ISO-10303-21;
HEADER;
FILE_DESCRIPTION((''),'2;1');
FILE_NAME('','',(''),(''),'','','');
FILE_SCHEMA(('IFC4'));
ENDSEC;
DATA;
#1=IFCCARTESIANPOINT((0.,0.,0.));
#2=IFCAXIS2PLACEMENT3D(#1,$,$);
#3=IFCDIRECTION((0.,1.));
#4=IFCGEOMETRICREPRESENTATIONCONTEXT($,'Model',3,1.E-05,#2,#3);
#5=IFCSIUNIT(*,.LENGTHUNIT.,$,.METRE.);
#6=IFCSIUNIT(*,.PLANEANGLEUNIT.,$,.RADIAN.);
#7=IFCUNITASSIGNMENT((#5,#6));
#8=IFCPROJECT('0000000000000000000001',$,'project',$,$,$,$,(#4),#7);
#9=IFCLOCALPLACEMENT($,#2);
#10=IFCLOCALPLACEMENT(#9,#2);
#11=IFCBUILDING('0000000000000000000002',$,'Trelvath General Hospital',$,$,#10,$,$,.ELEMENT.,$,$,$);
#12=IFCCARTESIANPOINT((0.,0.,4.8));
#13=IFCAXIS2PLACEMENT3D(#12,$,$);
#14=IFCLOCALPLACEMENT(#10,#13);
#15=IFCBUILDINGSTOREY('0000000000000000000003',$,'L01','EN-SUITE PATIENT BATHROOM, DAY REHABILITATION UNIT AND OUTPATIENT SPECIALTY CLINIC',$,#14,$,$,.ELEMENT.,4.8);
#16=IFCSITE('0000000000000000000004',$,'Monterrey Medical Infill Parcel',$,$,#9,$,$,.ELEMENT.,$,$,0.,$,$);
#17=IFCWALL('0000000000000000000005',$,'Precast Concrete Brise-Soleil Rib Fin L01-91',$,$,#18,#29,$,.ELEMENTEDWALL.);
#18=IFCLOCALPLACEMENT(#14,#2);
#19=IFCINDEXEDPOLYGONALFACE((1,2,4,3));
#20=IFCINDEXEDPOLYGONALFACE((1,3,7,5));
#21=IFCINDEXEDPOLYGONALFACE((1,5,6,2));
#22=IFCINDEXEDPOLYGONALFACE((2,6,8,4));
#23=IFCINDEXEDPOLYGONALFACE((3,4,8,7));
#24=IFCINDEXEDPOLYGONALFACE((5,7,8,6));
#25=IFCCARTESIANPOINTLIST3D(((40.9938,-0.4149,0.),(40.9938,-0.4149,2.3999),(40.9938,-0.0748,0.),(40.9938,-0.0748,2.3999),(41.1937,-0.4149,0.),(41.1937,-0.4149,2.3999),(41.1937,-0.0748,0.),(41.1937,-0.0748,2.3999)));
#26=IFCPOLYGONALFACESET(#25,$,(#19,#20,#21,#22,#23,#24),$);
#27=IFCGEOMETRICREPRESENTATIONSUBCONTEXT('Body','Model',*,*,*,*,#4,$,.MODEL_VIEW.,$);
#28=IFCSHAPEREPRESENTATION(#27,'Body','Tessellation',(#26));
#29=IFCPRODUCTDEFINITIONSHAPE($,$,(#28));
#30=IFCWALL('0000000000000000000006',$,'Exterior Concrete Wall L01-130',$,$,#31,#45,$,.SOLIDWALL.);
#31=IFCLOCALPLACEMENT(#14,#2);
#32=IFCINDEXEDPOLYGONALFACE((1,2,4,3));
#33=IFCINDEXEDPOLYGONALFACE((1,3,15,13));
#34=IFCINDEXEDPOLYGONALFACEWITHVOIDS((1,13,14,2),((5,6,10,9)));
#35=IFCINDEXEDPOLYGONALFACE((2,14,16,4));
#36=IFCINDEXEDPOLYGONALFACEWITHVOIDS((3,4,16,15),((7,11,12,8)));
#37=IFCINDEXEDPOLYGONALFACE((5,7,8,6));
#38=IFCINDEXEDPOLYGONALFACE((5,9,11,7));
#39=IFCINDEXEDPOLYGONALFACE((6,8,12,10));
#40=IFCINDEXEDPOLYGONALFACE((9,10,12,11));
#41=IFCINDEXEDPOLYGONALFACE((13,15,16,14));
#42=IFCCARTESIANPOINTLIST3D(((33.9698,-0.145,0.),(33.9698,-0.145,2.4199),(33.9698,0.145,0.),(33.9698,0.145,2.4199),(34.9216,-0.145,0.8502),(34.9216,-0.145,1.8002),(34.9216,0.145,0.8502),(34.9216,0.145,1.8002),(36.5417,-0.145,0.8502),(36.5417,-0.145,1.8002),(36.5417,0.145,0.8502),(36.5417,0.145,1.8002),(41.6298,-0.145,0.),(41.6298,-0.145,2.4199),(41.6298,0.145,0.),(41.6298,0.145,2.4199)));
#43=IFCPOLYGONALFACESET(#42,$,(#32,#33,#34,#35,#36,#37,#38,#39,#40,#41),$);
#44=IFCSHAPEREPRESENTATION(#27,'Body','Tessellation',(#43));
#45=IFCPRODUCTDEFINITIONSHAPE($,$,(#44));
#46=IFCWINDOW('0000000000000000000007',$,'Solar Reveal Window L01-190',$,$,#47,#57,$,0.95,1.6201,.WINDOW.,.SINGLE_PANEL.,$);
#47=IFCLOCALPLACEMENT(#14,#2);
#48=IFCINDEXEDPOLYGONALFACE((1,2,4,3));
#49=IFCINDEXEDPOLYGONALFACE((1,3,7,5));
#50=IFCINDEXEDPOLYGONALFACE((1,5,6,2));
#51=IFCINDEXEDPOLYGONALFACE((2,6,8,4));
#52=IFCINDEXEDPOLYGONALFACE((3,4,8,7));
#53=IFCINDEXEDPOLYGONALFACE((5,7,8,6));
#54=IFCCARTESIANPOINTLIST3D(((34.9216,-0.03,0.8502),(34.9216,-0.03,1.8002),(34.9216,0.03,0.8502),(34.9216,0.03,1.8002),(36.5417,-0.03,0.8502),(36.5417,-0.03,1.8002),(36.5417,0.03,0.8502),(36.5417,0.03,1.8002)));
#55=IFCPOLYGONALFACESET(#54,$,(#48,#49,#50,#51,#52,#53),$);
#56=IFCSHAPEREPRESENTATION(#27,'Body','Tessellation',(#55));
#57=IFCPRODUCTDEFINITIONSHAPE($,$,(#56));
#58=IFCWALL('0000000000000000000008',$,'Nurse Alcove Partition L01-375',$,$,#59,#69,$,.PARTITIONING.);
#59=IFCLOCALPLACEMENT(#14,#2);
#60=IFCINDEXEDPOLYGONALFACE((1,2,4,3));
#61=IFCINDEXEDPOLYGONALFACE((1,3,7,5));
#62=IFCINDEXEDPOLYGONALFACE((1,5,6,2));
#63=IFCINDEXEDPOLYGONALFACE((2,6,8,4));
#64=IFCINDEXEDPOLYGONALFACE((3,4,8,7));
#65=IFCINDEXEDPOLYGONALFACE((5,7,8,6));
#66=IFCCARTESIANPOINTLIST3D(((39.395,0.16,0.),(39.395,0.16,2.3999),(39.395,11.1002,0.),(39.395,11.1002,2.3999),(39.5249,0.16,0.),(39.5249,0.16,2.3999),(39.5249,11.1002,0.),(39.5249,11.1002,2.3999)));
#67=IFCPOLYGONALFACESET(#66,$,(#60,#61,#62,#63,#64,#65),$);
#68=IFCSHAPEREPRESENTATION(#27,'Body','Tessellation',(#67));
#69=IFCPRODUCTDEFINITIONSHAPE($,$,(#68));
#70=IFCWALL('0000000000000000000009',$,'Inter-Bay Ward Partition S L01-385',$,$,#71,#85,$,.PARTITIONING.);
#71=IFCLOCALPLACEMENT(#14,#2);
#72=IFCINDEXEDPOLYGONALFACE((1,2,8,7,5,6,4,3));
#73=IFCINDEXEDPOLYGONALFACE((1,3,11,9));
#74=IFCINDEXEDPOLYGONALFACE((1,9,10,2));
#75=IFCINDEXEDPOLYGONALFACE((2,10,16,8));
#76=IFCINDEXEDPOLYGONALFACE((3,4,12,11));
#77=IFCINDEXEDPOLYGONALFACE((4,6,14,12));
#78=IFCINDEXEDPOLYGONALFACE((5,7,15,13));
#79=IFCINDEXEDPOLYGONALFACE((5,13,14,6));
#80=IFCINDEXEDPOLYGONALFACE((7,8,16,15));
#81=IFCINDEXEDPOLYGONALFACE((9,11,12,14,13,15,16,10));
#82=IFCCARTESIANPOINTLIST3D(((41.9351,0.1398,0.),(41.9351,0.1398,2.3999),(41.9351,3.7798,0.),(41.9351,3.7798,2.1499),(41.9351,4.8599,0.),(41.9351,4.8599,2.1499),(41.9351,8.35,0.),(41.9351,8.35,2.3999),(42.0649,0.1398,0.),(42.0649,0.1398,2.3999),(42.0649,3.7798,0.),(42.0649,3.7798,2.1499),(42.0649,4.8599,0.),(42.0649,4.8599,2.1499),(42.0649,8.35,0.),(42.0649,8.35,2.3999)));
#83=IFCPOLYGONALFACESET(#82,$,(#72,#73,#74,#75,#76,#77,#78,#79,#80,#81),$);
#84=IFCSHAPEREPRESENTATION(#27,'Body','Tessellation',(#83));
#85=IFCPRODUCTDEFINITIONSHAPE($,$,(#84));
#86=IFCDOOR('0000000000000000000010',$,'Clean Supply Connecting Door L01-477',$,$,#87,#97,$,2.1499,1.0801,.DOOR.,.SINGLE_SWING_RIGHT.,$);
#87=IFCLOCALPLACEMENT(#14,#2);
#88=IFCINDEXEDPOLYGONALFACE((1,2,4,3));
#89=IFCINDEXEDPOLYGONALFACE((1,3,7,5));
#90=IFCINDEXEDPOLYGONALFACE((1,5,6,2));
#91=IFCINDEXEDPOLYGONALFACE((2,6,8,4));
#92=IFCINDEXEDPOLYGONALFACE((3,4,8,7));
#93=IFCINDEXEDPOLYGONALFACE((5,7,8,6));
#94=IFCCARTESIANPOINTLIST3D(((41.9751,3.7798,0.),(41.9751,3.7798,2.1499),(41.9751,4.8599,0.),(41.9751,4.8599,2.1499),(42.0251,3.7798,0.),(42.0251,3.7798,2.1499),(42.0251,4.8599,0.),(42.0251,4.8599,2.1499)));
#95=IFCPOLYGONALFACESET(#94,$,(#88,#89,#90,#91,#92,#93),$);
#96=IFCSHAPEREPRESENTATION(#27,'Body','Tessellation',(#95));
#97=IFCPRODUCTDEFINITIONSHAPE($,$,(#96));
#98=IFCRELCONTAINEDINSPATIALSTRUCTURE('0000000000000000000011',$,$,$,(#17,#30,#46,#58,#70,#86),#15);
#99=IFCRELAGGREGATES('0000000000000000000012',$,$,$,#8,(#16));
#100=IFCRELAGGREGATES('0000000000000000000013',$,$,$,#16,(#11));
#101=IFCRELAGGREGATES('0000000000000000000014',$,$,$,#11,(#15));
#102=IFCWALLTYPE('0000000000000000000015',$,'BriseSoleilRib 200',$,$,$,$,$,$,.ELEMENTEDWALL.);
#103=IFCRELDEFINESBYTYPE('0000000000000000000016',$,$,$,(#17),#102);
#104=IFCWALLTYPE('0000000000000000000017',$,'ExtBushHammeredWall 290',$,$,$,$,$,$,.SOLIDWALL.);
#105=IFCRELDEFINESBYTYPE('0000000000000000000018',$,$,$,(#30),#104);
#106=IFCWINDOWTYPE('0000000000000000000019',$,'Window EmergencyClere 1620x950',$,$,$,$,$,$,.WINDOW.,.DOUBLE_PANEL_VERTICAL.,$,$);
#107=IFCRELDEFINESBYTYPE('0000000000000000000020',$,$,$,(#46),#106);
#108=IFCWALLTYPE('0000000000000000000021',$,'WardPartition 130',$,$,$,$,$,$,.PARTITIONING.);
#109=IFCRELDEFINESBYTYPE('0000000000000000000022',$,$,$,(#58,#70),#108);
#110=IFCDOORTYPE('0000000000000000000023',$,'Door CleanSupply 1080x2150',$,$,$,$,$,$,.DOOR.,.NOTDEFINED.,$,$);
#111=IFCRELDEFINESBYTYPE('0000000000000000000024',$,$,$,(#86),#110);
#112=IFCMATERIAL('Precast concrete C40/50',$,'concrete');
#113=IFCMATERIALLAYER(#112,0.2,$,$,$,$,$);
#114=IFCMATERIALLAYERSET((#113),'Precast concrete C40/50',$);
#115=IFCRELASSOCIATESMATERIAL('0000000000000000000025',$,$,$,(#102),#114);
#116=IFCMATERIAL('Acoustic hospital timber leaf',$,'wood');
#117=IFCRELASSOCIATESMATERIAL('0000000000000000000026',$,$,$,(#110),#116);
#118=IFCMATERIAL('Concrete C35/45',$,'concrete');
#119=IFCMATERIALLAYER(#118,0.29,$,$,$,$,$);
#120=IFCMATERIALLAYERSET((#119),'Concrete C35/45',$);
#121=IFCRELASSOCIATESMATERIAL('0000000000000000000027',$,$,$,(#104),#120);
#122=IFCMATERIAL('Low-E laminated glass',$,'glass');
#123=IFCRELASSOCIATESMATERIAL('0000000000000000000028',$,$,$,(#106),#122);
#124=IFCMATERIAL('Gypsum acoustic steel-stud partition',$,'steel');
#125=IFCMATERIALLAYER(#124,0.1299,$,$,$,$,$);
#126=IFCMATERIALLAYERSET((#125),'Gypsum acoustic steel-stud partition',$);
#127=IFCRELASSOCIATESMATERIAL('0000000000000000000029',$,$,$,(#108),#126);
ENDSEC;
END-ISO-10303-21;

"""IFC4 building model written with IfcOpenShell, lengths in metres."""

from ifc_helpers import new_model, si_unit, direction, frame, frame_2d, origin, place, context, subcontext, project, spatial, rectangle, extrude, material, layer, layer_set, type_object, element, fill, save


model = new_model("IFC4")

# Units and contexts
model_context = context("Model", 3, precision=1e-05, world=origin(), true_north=direction((0.0, 1.0)))
body_context = subcontext(model_context, "Body", "Model", "MODEL_VIEW")
ifc_project = project(units=[si_unit("LENGTHUNIT", "METRE"), si_unit("PLANEANGLEUNIT", "RADIAN")], contexts=[model_context])

# Site, building, storey
site_placement = place(None, origin())
site = spatial("IfcSite", under=ifc_project, at=site_placement, Name="Monterrey Medical Infill Parcel", CompositionType="ELEMENT", RefElevation=0.0)
building_placement = place(site_placement, origin())
building = spatial("IfcBuilding", under=site, at=building_placement, Name="Trelvath General Hospital", CompositionType="ELEMENT")
storey_placement = place(building_placement, frame((0.0, 0.0, 4.8)))
storey = spatial("IfcBuildingStorey", under=building, at=storey_placement, Name="L01", Description="EN-SUITE PATIENT BATHROOM, DAY REHABILITATION UNIT AND OUTPATIENT SPECIALTY CLINIC", CompositionType="ELEMENT", Elevation=4.8)

# Wall
ifc_material_1 = material(Name="Precast concrete C40/50", Category="concrete")
ifc_layer_1 = layer(ifc_material_1, 0.2)
ifc_layer_set_1 = layer_set([ifc_layer_1], Name="Precast concrete C40/50")
wall_type_1 = type_object("IfcWallType", Name="BriseSoleilRib 200", PredefinedType="ELEMENTEDWALL", material=ifc_layer_set_1)
wall_1_placement = place(storey_placement, frame((41.0938, -0.075, 0.0), z_axis=(0.0, 0.0, 1.0), x_axis=(0.0, -1.0, 0.0)))
element("IfcWall", 1, at=wall_1_placement, inside=storey, type_object=wall_type_1, Name="Precast Concrete Brise-Soleil Rib Fin L01-91", PredefinedType="ELEMENTEDWALL", context=body_context, shape_type="SweptSolid", body=[
    extrude(rectangle(XDim=0.3401, YDim=0.2, at=frame_2d((0.1699, 0.0))), origin(), (0.0, 0.0, 1.0), 2.3999),
])

# Shared definitions
ifc_material_2 = material(Name="Acoustic hospital timber leaf", Category="wood")
door_type = type_object("IfcDoorType", Name="Door CleanSupply 1080x2150", OperationType="NOTDEFINED", PredefinedType="DOOR", material=ifc_material_2)

# Wall, opening, window
ifc_material_3 = material(Name="Concrete C35/45", Category="concrete")
ifc_layer_2 = layer(ifc_material_3, 0.29)
ifc_layer_set_2 = layer_set([ifc_layer_2], Name="Concrete C35/45")
wall_type_2 = type_object("IfcWallType", Name="ExtBushHammeredWall 290", PredefinedType="SOLIDWALL", material=ifc_layer_set_2)
wall_2_placement = place(storey_placement, frame((41.6299, 0.0, 0.0), z_axis=(0.0, 0.0, 1.0), x_axis=(-1.0, 0.0, 0.0)))
wall_2 = element("IfcWall", 2, at=wall_2_placement, inside=storey, type_object=wall_type_2, Name="Exterior Concrete Wall L01-130", PredefinedType="SOLIDWALL", context=body_context, shape_type="SweptSolid", body=[
    extrude(rectangle(XDim=7.6599, YDim=0.29, at=frame_2d((3.8301, 0.0))), origin(), (0.0, 0.0, 1.0), 2.4199),
])
opening_1_placement = place(wall_2_placement, frame((5.0881, 0.0, 0.8501)))
opening_1 = element("IfcOpeningElement", 3, at=opening_1_placement, cuts=wall_2, PredefinedType="OPENING", context=body_context, shape_type="SweptSolid", body=[
    extrude(rectangle(XDim=1.6201, YDim=0.95, at=frame_2d((0.8101, 0.4751))), frame((0.0, 0.155, 0.0), z_axis=(0.0, -1.0, 0.0), x_axis=(1.0, 0.0, 0.0)), (0.0, 0.0, 1.0), 0.3101),
])
ifc_material_4 = material(Name="Low-E laminated glass", Category="glass")
window_type = type_object("IfcWindowType", Name="Window EmergencyClere 1620x950", PartitioningType="DOUBLE_PANEL_VERTICAL", PredefinedType="WINDOW", material=ifc_material_4)
window_placement = place(opening_1_placement, origin())
window = element("IfcWindow", 4, at=window_placement, inside=storey, type_object=window_type, Name="Solar Reveal Window L01-190", OverallHeight=0.95, OverallWidth=1.6201, PartitioningType="SINGLE_PANEL", PredefinedType="WINDOW", context=body_context, shape_type="SweptSolid", body=[
    extrude(rectangle(XDim=1.6201, YDim=0.95, at=frame_2d((0.8101, 0.4751))), frame((0.0, 0.03, 0.0), z_axis=(0.0, -1.0, 0.0), x_axis=(1.0, 0.0, 0.0)), (0.0, 0.0, 1.0), 0.0601),
])
fill(opening_1, window)

# Wall
ifc_material_5 = material(Name="Gypsum acoustic steel-stud partition", Category="steel")
ifc_layer_3 = layer(ifc_material_5, 0.1299)
ifc_layer_set_3 = layer_set([ifc_layer_3], Name="Gypsum acoustic steel-stud partition")
wall_type_3 = type_object("IfcWallType", Name="WardPartition 130", PredefinedType="PARTITIONING", material=ifc_layer_set_3)
wall_3_placement = place(storey_placement, frame((39.46, 0.1599, 0.0), z_axis=(0.0, 0.0, 1.0), x_axis=(0.0, 1.0, 0.0)))
element("IfcWall", 5, at=wall_3_placement, inside=storey, type_object=wall_type_3, Name="Nurse Alcove Partition L01-375", PredefinedType="PARTITIONING", context=body_context, shape_type="SweptSolid", body=[
    extrude(rectangle(XDim=10.9402, YDim=0.1299, at=frame_2d((5.4702, 0.0))), origin(), (0.0, 0.0, 1.0), 2.3999),
])

# Wall, opening, door
wall_4_placement = place(storey_placement, frame((42.0, 0.1399, 0.0), z_axis=(0.0, 0.0, 1.0), x_axis=(0.0, 1.0, 0.0)))
wall_4 = element("IfcWall", 6, at=wall_4_placement, inside=storey, type_object=wall_type_3, Name="Inter-Bay Ward Partition S L01-385", PredefinedType="PARTITIONING", context=body_context, shape_type="SweptSolid", body=[
    extrude(rectangle(XDim=8.2102, YDim=0.1299, at=frame_2d((4.105, 0.0))), origin(), (0.0, 0.0, 1.0), 2.3999),
])
opening_2_placement = place(wall_4_placement, frame((3.6399, 0.0, 0.0)))
opening_2 = element("IfcOpeningElement", 7, at=opening_2_placement, cuts=wall_4, PredefinedType="OPENING", context=body_context, shape_type="SweptSolid", body=[
    extrude(rectangle(XDim=1.0801, YDim=2.1499, at=frame_2d((0.54, 1.075))), frame((0.0, 0.075, 0.0), z_axis=(0.0, -1.0, 0.0), x_axis=(1.0, 0.0, 0.0)), (0.0, 0.0, 1.0), 0.1499),
])
door_1_placement = place(opening_2_placement, origin())
door_1 = element("IfcDoor", 8, at=door_1_placement, inside=storey, type_object=door_type, Name="Clean Supply Connecting Door L01-477", OperationType="SINGLE_SWING_RIGHT", OverallHeight=2.1499, OverallWidth=1.0801, PredefinedType="DOOR", context=body_context, shape_type="SweptSolid", body=[
    extrude(rectangle(XDim=1.0801, YDim=2.1499, at=frame_2d((0.54, 1.075))), frame((0.0, 0.0249, 0.0), z_axis=(0.0, -1.0, 0.0), x_axis=(1.0, 0.0, 0.0)), (0.0, 0.0, 1.0), 0.05),
])
fill(opening_2, door_1)

save(model, "model.ifc")
